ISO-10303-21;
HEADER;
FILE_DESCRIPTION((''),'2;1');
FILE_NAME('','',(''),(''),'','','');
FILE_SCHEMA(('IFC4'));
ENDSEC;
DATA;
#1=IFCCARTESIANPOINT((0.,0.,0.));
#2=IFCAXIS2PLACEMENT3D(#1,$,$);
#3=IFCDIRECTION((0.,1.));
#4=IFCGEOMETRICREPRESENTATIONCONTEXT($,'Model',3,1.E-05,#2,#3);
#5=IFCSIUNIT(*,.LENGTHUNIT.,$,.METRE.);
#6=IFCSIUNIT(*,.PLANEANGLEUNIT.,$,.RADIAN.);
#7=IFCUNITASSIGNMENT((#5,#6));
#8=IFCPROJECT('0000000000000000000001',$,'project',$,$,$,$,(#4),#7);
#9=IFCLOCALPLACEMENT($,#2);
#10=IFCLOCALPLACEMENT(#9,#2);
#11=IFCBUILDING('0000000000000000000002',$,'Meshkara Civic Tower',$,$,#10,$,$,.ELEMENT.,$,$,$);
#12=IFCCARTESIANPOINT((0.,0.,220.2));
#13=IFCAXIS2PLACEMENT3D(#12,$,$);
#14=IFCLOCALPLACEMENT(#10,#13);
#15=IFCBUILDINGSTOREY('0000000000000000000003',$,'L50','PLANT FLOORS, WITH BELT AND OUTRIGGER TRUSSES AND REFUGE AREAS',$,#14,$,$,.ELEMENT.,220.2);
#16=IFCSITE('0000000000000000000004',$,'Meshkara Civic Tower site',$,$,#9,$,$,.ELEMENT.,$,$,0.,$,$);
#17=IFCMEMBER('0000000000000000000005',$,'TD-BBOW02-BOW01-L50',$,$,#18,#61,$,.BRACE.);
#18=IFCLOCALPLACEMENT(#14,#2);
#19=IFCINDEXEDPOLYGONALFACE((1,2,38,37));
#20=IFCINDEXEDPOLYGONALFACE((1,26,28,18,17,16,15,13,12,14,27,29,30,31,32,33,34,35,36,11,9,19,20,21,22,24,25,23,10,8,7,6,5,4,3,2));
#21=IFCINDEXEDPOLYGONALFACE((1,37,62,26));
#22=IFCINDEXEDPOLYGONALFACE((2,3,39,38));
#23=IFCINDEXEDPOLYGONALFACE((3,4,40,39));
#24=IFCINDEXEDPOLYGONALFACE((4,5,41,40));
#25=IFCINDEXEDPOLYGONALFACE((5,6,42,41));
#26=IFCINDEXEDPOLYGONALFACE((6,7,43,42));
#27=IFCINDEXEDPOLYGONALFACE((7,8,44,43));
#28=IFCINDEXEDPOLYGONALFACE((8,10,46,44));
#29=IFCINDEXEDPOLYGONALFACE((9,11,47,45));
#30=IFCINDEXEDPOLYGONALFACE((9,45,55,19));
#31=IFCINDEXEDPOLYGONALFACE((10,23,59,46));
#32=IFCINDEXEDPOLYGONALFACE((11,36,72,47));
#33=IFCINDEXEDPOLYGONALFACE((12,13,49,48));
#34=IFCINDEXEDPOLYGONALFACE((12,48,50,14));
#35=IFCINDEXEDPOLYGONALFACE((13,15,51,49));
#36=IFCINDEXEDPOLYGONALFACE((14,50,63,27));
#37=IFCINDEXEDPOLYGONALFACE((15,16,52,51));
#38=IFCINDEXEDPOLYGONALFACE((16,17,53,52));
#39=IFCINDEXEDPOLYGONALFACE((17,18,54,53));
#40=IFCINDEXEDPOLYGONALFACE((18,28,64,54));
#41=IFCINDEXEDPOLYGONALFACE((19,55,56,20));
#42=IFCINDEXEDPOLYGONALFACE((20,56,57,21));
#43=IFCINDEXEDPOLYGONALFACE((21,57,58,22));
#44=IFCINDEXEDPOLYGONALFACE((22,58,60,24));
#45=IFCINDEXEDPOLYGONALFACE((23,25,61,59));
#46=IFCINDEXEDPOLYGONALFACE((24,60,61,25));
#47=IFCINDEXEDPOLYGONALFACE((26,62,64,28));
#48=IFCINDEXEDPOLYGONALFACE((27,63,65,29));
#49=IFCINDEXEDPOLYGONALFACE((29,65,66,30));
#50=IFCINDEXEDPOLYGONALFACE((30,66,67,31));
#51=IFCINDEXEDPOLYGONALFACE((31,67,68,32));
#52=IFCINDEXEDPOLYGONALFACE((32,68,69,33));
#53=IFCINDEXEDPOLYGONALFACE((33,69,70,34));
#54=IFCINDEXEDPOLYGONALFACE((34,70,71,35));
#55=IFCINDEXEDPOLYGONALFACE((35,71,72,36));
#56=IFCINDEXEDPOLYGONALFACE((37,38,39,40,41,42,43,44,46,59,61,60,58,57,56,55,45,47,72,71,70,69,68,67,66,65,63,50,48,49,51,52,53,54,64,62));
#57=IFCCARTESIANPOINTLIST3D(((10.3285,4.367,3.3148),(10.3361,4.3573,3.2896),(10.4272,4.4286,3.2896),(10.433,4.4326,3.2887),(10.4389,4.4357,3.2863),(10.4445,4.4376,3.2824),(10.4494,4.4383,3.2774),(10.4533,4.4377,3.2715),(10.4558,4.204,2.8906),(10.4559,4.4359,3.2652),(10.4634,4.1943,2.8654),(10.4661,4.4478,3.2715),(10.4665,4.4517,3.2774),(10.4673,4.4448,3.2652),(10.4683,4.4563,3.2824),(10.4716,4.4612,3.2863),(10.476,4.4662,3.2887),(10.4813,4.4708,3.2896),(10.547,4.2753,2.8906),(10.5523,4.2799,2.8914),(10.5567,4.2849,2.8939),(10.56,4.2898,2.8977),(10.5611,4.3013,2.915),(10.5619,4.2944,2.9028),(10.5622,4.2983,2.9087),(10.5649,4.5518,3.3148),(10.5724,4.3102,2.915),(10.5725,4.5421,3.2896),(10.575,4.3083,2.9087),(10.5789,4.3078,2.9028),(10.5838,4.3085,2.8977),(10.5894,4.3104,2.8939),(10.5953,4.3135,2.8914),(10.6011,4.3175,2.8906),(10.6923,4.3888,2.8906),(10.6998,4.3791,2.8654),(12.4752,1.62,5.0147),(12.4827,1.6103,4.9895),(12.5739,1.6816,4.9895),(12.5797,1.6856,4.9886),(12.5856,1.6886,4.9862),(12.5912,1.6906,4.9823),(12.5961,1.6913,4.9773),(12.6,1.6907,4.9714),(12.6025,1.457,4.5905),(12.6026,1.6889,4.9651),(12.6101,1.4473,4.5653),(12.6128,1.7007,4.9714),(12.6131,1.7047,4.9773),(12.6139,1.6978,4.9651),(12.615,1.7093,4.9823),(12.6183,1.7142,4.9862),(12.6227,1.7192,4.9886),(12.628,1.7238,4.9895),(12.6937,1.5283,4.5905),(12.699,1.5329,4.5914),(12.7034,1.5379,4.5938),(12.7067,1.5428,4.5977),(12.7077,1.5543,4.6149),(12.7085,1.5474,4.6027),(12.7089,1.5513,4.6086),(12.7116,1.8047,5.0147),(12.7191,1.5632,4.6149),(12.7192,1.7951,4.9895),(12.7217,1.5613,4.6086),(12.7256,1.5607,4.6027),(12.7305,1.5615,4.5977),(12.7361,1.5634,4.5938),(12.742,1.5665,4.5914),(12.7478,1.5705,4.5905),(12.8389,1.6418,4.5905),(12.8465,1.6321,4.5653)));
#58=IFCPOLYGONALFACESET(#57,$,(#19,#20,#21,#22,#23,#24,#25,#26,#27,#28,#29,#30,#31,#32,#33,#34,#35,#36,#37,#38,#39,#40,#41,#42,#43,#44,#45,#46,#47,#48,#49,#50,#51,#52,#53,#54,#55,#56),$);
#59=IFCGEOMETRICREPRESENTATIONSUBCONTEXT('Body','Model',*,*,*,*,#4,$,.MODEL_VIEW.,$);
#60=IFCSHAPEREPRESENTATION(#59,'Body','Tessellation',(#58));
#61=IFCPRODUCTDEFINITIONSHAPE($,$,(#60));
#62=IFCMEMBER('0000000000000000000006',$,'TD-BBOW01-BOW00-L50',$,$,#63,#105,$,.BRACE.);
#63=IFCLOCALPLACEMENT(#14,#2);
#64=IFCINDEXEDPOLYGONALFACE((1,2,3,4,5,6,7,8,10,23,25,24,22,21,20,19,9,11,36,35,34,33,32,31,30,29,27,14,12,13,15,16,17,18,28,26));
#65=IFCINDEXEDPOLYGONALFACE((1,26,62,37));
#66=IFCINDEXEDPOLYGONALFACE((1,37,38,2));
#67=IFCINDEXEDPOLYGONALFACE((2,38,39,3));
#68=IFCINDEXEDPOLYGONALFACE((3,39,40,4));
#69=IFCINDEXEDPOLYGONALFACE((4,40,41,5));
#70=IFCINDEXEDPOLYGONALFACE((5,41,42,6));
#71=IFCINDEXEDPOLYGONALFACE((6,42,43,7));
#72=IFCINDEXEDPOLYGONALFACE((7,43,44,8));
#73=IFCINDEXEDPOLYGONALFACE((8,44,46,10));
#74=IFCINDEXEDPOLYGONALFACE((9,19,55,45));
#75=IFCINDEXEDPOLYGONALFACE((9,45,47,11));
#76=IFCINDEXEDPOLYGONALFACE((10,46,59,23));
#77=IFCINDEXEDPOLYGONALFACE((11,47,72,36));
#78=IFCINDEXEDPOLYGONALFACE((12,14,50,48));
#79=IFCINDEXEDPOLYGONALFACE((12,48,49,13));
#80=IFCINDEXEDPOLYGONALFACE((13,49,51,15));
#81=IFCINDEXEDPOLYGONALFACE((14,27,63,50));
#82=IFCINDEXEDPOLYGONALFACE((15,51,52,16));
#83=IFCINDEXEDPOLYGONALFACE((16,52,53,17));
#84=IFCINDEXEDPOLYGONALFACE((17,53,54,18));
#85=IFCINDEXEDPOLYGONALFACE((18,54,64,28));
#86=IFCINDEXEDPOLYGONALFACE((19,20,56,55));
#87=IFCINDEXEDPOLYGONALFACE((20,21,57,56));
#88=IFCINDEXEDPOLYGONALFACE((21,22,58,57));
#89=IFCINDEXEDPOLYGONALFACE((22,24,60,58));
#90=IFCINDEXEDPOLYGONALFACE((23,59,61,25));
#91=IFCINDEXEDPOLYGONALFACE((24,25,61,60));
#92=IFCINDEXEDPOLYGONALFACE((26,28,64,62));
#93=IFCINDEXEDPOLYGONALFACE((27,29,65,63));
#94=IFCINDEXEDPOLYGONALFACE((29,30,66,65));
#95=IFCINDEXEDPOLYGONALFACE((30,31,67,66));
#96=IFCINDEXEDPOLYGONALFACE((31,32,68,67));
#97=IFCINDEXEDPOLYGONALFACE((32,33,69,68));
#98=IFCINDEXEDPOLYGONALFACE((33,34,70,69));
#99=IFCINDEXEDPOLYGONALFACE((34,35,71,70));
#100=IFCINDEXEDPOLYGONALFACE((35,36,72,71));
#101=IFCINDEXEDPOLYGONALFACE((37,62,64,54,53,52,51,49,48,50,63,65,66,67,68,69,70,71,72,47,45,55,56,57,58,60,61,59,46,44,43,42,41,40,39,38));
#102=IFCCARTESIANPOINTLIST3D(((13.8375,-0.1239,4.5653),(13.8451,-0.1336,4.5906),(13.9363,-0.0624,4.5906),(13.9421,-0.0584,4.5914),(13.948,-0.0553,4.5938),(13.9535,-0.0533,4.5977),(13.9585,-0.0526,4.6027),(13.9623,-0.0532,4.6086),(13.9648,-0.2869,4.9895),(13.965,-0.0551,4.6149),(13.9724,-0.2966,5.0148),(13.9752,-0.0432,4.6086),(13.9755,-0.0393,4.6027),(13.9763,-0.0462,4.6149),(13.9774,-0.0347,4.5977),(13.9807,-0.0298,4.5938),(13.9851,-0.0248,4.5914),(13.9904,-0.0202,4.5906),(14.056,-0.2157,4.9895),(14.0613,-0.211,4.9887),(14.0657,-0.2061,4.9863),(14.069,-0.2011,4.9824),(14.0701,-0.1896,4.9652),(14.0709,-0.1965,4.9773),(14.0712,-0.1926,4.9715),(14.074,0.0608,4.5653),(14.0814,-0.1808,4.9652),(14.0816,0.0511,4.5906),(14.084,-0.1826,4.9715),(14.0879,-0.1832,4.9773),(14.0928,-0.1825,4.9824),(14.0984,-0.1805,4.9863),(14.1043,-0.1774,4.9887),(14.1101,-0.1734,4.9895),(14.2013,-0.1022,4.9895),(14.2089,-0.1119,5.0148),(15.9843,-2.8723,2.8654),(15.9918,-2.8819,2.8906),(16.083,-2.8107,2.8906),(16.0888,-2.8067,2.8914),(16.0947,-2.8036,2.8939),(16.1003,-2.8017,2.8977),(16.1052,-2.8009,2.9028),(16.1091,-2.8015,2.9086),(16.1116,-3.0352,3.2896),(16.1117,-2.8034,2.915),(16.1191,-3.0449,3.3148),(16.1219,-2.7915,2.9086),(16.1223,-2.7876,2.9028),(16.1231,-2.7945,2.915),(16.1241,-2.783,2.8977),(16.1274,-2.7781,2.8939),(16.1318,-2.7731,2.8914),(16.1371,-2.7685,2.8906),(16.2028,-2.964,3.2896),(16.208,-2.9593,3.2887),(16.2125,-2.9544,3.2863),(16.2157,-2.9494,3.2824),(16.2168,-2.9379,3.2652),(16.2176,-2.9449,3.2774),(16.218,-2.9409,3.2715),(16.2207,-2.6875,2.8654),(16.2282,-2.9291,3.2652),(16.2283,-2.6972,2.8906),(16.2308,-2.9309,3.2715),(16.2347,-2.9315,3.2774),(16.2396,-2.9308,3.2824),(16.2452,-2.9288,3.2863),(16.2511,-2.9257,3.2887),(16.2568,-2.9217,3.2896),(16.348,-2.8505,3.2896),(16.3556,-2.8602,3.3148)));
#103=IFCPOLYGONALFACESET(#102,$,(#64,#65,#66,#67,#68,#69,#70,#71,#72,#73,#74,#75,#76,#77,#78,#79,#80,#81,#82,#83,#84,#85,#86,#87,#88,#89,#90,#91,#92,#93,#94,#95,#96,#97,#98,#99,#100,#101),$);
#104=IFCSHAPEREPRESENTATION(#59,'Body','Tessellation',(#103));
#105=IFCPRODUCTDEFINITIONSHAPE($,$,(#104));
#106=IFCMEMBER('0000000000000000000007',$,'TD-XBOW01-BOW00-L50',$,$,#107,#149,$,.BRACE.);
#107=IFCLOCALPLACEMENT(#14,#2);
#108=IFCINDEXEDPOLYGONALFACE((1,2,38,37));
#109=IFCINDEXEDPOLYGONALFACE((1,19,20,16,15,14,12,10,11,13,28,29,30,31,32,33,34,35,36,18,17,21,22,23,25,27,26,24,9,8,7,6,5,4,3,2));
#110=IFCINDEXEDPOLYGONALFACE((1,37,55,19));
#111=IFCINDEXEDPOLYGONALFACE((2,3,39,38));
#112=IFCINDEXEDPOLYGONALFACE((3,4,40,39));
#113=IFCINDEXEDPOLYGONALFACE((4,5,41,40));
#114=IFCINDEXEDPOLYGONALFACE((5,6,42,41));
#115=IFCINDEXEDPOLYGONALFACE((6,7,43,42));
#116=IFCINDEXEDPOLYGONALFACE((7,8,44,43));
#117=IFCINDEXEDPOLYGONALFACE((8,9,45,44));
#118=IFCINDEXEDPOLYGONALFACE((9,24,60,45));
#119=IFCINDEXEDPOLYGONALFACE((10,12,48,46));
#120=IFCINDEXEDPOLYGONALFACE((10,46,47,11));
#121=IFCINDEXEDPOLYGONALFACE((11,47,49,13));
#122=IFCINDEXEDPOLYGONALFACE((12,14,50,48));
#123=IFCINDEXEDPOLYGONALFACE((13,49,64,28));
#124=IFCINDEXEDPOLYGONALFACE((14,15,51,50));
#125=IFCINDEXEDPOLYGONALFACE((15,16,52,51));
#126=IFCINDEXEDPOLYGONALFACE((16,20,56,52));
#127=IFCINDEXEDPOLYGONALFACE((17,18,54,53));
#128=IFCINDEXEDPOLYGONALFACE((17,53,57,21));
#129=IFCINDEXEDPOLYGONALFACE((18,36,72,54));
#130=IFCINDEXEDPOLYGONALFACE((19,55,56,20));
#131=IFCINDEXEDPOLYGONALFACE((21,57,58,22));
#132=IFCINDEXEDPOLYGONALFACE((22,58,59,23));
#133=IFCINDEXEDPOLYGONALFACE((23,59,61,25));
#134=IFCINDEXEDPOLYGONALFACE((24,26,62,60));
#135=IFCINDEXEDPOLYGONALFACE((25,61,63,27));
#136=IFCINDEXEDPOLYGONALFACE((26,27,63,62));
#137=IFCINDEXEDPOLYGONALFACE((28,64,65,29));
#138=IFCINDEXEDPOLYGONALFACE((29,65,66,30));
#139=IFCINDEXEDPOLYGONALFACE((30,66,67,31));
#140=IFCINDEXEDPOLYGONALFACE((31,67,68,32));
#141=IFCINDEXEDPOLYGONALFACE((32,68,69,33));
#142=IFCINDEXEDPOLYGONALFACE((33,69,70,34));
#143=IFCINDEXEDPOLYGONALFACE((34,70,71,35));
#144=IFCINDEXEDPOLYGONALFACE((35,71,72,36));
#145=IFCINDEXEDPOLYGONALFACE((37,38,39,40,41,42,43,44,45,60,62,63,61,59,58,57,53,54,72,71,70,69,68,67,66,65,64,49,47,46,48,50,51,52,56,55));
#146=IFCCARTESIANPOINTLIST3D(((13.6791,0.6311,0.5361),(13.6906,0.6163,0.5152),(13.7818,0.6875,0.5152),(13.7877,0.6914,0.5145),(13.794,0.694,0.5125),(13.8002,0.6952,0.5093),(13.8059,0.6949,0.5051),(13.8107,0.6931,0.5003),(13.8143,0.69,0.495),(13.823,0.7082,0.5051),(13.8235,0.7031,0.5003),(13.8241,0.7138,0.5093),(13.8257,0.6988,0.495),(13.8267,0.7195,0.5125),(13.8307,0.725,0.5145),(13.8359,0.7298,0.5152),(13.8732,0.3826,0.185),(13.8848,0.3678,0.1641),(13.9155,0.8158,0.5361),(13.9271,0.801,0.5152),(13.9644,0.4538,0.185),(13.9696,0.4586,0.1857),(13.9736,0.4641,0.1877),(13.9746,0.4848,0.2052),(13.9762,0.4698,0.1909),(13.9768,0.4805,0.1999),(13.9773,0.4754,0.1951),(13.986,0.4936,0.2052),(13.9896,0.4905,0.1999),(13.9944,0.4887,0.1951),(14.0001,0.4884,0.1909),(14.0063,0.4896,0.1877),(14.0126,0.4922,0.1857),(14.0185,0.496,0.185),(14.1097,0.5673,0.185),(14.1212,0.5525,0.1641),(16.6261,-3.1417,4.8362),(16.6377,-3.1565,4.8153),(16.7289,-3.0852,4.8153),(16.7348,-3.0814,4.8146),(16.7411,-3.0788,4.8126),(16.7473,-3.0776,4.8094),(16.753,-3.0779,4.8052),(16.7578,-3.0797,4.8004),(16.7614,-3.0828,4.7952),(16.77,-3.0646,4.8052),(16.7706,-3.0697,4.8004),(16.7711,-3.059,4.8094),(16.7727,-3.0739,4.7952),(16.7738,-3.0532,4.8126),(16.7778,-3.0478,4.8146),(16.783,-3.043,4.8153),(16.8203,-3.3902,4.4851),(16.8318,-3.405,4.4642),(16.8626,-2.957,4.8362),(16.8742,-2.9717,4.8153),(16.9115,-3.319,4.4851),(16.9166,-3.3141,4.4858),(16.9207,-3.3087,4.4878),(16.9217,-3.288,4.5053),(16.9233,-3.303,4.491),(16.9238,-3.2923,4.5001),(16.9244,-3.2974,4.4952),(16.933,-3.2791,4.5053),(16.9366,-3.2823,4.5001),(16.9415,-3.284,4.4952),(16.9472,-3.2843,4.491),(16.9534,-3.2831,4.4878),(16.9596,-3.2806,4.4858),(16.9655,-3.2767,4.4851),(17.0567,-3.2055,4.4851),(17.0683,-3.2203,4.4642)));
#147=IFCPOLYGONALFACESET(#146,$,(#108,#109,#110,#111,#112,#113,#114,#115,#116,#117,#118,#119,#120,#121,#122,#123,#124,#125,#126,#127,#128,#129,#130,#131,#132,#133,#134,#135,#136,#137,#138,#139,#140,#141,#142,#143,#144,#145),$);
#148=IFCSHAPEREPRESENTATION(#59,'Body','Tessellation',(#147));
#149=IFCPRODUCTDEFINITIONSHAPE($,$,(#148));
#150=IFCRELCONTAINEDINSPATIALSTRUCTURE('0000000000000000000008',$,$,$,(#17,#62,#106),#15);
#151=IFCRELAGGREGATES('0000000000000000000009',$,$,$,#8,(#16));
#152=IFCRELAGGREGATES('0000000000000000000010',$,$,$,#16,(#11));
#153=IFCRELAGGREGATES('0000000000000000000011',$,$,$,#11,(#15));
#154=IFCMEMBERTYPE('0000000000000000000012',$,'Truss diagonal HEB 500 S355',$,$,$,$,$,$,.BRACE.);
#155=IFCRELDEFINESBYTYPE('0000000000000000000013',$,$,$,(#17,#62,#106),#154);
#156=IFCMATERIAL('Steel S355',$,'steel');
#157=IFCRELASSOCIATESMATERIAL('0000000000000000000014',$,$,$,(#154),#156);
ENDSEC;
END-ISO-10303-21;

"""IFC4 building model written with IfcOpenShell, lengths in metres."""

from ifc_helpers import new_model, si_unit, direction, frame, origin, origin_2d, place, context, subcontext, project, spatial, i_section, extrude, material, material_profile, profile_set, type_object, element, save


model = new_model("IFC4")

# Units and contexts
model_context = context("Model", 3, precision=1e-05, world=origin(), true_north=direction((0.0, 1.0)))
body_context = subcontext(model_context, "Body", "Model", "MODEL_VIEW")
ifc_project = project(units=[si_unit("LENGTHUNIT", "METRE"), si_unit("PLANEANGLEUNIT", "RADIAN")], contexts=[model_context])

# Site, building, storey
site_placement = place(None, origin())
site = spatial("IfcSite", under=ifc_project, at=site_placement, Name="Meshkara Civic Tower site", CompositionType="ELEMENT", RefElevation=0.0)
building_placement = place(site_placement, origin())
building = spatial("IfcBuilding", under=site, at=building_placement, Name="Meshkara Civic Tower", CompositionType="ELEMENT")
storey_placement = place(building_placement, frame((0.0, 0.0, 220.2)))
storey = spatial("IfcBuildingStorey", under=building, at=storey_placement, Name="L50", Description="PLANT FLOORS, WITH BELT AND OUTRIGGER TRUSSES AND REFUGE AREAS", CompositionType="ELEMENT", Elevation=220.2)

# Members
ifc_material_1 = material(Name="Steel S355", Category="steel")
ifc_material_profile_1 = material_profile(ifc_material_1, i_section(OverallWidth=0.3, OverallDepth=0.5, WebThickness=0.0144, FlangeThickness=0.0281, FilletRadius=0.0271, at=origin_2d()))
ifc_profile_set_1 = profile_set([ifc_material_profile_1], Name="Steel S355")
member_type = type_object("IfcMemberType", Name="Truss diagonal HEB 500 S355", PredefinedType="BRACE", material=ifc_profile_set_1)
member_1_placement = place(storey_placement, frame((10.5142, 4.373, 3.0901), z_axis=(0.553459, -0.708237, 0.438273), x_axis=(0.787944, 0.615747, 0.0)))
element("IfcMember", 1, at=member_1_placement, inside=storey, type_object=member_type, Name="TD-BBOW02-BOW01-L50", PredefinedType="BRACE", context=body_context, shape_type="SweptSolid", body=[
    extrude(i_section(OverallWidth=0.3, OverallDepth=0.5, WebThickness=0.0144, FlangeThickness=0.0281, FilletRadius=0.0271, at=origin_2d()), origin(), (0.0, 0.0, 1.0), 3.8787),
])
member_2_placement = place(storey_placement, frame((14.0232, -0.1179, 4.79), z_axis=(0.553336, -0.708393, -0.438176), x_axis=(0.788076, 0.615577, 0.0)))
element("IfcMember", 2, at=member_2_placement, inside=storey, type_object=member_type, Name="TD-BBOW01-BOW00-L50", PredefinedType="BRACE", context=body_context, shape_type="SweptSolid", body=[
    extrude(i_section(OverallWidth=0.3, OverallDepth=0.5, WebThickness=0.0144, FlangeThickness=0.0281, FilletRadius=0.0271, at=origin_2d()), origin(), (0.0, 0.0, 1.0), 3.8796),
])
member_3_placement = place(storey_placement, frame((13.9001, 0.5918, 0.3501), z_axis=(0.457971, -0.586283, 0.668233), x_axis=(0.788065, 0.615592, 0.0)))
element("IfcMember", 3, at=member_3_placement, inside=storey, type_object=member_type, Name="TD-XBOW01-BOW00-L50", PredefinedType="BRACE", context=body_context, shape_type="SweptSolid", body=[
    extrude(i_section(OverallWidth=0.3, OverallDepth=0.5, WebThickness=0.0144, FlangeThickness=0.0281, FilletRadius=0.0271, at=origin_2d()), origin(), (0.0, 0.0, 1.0), 6.4351),
])

save(model, "model.ifc")
